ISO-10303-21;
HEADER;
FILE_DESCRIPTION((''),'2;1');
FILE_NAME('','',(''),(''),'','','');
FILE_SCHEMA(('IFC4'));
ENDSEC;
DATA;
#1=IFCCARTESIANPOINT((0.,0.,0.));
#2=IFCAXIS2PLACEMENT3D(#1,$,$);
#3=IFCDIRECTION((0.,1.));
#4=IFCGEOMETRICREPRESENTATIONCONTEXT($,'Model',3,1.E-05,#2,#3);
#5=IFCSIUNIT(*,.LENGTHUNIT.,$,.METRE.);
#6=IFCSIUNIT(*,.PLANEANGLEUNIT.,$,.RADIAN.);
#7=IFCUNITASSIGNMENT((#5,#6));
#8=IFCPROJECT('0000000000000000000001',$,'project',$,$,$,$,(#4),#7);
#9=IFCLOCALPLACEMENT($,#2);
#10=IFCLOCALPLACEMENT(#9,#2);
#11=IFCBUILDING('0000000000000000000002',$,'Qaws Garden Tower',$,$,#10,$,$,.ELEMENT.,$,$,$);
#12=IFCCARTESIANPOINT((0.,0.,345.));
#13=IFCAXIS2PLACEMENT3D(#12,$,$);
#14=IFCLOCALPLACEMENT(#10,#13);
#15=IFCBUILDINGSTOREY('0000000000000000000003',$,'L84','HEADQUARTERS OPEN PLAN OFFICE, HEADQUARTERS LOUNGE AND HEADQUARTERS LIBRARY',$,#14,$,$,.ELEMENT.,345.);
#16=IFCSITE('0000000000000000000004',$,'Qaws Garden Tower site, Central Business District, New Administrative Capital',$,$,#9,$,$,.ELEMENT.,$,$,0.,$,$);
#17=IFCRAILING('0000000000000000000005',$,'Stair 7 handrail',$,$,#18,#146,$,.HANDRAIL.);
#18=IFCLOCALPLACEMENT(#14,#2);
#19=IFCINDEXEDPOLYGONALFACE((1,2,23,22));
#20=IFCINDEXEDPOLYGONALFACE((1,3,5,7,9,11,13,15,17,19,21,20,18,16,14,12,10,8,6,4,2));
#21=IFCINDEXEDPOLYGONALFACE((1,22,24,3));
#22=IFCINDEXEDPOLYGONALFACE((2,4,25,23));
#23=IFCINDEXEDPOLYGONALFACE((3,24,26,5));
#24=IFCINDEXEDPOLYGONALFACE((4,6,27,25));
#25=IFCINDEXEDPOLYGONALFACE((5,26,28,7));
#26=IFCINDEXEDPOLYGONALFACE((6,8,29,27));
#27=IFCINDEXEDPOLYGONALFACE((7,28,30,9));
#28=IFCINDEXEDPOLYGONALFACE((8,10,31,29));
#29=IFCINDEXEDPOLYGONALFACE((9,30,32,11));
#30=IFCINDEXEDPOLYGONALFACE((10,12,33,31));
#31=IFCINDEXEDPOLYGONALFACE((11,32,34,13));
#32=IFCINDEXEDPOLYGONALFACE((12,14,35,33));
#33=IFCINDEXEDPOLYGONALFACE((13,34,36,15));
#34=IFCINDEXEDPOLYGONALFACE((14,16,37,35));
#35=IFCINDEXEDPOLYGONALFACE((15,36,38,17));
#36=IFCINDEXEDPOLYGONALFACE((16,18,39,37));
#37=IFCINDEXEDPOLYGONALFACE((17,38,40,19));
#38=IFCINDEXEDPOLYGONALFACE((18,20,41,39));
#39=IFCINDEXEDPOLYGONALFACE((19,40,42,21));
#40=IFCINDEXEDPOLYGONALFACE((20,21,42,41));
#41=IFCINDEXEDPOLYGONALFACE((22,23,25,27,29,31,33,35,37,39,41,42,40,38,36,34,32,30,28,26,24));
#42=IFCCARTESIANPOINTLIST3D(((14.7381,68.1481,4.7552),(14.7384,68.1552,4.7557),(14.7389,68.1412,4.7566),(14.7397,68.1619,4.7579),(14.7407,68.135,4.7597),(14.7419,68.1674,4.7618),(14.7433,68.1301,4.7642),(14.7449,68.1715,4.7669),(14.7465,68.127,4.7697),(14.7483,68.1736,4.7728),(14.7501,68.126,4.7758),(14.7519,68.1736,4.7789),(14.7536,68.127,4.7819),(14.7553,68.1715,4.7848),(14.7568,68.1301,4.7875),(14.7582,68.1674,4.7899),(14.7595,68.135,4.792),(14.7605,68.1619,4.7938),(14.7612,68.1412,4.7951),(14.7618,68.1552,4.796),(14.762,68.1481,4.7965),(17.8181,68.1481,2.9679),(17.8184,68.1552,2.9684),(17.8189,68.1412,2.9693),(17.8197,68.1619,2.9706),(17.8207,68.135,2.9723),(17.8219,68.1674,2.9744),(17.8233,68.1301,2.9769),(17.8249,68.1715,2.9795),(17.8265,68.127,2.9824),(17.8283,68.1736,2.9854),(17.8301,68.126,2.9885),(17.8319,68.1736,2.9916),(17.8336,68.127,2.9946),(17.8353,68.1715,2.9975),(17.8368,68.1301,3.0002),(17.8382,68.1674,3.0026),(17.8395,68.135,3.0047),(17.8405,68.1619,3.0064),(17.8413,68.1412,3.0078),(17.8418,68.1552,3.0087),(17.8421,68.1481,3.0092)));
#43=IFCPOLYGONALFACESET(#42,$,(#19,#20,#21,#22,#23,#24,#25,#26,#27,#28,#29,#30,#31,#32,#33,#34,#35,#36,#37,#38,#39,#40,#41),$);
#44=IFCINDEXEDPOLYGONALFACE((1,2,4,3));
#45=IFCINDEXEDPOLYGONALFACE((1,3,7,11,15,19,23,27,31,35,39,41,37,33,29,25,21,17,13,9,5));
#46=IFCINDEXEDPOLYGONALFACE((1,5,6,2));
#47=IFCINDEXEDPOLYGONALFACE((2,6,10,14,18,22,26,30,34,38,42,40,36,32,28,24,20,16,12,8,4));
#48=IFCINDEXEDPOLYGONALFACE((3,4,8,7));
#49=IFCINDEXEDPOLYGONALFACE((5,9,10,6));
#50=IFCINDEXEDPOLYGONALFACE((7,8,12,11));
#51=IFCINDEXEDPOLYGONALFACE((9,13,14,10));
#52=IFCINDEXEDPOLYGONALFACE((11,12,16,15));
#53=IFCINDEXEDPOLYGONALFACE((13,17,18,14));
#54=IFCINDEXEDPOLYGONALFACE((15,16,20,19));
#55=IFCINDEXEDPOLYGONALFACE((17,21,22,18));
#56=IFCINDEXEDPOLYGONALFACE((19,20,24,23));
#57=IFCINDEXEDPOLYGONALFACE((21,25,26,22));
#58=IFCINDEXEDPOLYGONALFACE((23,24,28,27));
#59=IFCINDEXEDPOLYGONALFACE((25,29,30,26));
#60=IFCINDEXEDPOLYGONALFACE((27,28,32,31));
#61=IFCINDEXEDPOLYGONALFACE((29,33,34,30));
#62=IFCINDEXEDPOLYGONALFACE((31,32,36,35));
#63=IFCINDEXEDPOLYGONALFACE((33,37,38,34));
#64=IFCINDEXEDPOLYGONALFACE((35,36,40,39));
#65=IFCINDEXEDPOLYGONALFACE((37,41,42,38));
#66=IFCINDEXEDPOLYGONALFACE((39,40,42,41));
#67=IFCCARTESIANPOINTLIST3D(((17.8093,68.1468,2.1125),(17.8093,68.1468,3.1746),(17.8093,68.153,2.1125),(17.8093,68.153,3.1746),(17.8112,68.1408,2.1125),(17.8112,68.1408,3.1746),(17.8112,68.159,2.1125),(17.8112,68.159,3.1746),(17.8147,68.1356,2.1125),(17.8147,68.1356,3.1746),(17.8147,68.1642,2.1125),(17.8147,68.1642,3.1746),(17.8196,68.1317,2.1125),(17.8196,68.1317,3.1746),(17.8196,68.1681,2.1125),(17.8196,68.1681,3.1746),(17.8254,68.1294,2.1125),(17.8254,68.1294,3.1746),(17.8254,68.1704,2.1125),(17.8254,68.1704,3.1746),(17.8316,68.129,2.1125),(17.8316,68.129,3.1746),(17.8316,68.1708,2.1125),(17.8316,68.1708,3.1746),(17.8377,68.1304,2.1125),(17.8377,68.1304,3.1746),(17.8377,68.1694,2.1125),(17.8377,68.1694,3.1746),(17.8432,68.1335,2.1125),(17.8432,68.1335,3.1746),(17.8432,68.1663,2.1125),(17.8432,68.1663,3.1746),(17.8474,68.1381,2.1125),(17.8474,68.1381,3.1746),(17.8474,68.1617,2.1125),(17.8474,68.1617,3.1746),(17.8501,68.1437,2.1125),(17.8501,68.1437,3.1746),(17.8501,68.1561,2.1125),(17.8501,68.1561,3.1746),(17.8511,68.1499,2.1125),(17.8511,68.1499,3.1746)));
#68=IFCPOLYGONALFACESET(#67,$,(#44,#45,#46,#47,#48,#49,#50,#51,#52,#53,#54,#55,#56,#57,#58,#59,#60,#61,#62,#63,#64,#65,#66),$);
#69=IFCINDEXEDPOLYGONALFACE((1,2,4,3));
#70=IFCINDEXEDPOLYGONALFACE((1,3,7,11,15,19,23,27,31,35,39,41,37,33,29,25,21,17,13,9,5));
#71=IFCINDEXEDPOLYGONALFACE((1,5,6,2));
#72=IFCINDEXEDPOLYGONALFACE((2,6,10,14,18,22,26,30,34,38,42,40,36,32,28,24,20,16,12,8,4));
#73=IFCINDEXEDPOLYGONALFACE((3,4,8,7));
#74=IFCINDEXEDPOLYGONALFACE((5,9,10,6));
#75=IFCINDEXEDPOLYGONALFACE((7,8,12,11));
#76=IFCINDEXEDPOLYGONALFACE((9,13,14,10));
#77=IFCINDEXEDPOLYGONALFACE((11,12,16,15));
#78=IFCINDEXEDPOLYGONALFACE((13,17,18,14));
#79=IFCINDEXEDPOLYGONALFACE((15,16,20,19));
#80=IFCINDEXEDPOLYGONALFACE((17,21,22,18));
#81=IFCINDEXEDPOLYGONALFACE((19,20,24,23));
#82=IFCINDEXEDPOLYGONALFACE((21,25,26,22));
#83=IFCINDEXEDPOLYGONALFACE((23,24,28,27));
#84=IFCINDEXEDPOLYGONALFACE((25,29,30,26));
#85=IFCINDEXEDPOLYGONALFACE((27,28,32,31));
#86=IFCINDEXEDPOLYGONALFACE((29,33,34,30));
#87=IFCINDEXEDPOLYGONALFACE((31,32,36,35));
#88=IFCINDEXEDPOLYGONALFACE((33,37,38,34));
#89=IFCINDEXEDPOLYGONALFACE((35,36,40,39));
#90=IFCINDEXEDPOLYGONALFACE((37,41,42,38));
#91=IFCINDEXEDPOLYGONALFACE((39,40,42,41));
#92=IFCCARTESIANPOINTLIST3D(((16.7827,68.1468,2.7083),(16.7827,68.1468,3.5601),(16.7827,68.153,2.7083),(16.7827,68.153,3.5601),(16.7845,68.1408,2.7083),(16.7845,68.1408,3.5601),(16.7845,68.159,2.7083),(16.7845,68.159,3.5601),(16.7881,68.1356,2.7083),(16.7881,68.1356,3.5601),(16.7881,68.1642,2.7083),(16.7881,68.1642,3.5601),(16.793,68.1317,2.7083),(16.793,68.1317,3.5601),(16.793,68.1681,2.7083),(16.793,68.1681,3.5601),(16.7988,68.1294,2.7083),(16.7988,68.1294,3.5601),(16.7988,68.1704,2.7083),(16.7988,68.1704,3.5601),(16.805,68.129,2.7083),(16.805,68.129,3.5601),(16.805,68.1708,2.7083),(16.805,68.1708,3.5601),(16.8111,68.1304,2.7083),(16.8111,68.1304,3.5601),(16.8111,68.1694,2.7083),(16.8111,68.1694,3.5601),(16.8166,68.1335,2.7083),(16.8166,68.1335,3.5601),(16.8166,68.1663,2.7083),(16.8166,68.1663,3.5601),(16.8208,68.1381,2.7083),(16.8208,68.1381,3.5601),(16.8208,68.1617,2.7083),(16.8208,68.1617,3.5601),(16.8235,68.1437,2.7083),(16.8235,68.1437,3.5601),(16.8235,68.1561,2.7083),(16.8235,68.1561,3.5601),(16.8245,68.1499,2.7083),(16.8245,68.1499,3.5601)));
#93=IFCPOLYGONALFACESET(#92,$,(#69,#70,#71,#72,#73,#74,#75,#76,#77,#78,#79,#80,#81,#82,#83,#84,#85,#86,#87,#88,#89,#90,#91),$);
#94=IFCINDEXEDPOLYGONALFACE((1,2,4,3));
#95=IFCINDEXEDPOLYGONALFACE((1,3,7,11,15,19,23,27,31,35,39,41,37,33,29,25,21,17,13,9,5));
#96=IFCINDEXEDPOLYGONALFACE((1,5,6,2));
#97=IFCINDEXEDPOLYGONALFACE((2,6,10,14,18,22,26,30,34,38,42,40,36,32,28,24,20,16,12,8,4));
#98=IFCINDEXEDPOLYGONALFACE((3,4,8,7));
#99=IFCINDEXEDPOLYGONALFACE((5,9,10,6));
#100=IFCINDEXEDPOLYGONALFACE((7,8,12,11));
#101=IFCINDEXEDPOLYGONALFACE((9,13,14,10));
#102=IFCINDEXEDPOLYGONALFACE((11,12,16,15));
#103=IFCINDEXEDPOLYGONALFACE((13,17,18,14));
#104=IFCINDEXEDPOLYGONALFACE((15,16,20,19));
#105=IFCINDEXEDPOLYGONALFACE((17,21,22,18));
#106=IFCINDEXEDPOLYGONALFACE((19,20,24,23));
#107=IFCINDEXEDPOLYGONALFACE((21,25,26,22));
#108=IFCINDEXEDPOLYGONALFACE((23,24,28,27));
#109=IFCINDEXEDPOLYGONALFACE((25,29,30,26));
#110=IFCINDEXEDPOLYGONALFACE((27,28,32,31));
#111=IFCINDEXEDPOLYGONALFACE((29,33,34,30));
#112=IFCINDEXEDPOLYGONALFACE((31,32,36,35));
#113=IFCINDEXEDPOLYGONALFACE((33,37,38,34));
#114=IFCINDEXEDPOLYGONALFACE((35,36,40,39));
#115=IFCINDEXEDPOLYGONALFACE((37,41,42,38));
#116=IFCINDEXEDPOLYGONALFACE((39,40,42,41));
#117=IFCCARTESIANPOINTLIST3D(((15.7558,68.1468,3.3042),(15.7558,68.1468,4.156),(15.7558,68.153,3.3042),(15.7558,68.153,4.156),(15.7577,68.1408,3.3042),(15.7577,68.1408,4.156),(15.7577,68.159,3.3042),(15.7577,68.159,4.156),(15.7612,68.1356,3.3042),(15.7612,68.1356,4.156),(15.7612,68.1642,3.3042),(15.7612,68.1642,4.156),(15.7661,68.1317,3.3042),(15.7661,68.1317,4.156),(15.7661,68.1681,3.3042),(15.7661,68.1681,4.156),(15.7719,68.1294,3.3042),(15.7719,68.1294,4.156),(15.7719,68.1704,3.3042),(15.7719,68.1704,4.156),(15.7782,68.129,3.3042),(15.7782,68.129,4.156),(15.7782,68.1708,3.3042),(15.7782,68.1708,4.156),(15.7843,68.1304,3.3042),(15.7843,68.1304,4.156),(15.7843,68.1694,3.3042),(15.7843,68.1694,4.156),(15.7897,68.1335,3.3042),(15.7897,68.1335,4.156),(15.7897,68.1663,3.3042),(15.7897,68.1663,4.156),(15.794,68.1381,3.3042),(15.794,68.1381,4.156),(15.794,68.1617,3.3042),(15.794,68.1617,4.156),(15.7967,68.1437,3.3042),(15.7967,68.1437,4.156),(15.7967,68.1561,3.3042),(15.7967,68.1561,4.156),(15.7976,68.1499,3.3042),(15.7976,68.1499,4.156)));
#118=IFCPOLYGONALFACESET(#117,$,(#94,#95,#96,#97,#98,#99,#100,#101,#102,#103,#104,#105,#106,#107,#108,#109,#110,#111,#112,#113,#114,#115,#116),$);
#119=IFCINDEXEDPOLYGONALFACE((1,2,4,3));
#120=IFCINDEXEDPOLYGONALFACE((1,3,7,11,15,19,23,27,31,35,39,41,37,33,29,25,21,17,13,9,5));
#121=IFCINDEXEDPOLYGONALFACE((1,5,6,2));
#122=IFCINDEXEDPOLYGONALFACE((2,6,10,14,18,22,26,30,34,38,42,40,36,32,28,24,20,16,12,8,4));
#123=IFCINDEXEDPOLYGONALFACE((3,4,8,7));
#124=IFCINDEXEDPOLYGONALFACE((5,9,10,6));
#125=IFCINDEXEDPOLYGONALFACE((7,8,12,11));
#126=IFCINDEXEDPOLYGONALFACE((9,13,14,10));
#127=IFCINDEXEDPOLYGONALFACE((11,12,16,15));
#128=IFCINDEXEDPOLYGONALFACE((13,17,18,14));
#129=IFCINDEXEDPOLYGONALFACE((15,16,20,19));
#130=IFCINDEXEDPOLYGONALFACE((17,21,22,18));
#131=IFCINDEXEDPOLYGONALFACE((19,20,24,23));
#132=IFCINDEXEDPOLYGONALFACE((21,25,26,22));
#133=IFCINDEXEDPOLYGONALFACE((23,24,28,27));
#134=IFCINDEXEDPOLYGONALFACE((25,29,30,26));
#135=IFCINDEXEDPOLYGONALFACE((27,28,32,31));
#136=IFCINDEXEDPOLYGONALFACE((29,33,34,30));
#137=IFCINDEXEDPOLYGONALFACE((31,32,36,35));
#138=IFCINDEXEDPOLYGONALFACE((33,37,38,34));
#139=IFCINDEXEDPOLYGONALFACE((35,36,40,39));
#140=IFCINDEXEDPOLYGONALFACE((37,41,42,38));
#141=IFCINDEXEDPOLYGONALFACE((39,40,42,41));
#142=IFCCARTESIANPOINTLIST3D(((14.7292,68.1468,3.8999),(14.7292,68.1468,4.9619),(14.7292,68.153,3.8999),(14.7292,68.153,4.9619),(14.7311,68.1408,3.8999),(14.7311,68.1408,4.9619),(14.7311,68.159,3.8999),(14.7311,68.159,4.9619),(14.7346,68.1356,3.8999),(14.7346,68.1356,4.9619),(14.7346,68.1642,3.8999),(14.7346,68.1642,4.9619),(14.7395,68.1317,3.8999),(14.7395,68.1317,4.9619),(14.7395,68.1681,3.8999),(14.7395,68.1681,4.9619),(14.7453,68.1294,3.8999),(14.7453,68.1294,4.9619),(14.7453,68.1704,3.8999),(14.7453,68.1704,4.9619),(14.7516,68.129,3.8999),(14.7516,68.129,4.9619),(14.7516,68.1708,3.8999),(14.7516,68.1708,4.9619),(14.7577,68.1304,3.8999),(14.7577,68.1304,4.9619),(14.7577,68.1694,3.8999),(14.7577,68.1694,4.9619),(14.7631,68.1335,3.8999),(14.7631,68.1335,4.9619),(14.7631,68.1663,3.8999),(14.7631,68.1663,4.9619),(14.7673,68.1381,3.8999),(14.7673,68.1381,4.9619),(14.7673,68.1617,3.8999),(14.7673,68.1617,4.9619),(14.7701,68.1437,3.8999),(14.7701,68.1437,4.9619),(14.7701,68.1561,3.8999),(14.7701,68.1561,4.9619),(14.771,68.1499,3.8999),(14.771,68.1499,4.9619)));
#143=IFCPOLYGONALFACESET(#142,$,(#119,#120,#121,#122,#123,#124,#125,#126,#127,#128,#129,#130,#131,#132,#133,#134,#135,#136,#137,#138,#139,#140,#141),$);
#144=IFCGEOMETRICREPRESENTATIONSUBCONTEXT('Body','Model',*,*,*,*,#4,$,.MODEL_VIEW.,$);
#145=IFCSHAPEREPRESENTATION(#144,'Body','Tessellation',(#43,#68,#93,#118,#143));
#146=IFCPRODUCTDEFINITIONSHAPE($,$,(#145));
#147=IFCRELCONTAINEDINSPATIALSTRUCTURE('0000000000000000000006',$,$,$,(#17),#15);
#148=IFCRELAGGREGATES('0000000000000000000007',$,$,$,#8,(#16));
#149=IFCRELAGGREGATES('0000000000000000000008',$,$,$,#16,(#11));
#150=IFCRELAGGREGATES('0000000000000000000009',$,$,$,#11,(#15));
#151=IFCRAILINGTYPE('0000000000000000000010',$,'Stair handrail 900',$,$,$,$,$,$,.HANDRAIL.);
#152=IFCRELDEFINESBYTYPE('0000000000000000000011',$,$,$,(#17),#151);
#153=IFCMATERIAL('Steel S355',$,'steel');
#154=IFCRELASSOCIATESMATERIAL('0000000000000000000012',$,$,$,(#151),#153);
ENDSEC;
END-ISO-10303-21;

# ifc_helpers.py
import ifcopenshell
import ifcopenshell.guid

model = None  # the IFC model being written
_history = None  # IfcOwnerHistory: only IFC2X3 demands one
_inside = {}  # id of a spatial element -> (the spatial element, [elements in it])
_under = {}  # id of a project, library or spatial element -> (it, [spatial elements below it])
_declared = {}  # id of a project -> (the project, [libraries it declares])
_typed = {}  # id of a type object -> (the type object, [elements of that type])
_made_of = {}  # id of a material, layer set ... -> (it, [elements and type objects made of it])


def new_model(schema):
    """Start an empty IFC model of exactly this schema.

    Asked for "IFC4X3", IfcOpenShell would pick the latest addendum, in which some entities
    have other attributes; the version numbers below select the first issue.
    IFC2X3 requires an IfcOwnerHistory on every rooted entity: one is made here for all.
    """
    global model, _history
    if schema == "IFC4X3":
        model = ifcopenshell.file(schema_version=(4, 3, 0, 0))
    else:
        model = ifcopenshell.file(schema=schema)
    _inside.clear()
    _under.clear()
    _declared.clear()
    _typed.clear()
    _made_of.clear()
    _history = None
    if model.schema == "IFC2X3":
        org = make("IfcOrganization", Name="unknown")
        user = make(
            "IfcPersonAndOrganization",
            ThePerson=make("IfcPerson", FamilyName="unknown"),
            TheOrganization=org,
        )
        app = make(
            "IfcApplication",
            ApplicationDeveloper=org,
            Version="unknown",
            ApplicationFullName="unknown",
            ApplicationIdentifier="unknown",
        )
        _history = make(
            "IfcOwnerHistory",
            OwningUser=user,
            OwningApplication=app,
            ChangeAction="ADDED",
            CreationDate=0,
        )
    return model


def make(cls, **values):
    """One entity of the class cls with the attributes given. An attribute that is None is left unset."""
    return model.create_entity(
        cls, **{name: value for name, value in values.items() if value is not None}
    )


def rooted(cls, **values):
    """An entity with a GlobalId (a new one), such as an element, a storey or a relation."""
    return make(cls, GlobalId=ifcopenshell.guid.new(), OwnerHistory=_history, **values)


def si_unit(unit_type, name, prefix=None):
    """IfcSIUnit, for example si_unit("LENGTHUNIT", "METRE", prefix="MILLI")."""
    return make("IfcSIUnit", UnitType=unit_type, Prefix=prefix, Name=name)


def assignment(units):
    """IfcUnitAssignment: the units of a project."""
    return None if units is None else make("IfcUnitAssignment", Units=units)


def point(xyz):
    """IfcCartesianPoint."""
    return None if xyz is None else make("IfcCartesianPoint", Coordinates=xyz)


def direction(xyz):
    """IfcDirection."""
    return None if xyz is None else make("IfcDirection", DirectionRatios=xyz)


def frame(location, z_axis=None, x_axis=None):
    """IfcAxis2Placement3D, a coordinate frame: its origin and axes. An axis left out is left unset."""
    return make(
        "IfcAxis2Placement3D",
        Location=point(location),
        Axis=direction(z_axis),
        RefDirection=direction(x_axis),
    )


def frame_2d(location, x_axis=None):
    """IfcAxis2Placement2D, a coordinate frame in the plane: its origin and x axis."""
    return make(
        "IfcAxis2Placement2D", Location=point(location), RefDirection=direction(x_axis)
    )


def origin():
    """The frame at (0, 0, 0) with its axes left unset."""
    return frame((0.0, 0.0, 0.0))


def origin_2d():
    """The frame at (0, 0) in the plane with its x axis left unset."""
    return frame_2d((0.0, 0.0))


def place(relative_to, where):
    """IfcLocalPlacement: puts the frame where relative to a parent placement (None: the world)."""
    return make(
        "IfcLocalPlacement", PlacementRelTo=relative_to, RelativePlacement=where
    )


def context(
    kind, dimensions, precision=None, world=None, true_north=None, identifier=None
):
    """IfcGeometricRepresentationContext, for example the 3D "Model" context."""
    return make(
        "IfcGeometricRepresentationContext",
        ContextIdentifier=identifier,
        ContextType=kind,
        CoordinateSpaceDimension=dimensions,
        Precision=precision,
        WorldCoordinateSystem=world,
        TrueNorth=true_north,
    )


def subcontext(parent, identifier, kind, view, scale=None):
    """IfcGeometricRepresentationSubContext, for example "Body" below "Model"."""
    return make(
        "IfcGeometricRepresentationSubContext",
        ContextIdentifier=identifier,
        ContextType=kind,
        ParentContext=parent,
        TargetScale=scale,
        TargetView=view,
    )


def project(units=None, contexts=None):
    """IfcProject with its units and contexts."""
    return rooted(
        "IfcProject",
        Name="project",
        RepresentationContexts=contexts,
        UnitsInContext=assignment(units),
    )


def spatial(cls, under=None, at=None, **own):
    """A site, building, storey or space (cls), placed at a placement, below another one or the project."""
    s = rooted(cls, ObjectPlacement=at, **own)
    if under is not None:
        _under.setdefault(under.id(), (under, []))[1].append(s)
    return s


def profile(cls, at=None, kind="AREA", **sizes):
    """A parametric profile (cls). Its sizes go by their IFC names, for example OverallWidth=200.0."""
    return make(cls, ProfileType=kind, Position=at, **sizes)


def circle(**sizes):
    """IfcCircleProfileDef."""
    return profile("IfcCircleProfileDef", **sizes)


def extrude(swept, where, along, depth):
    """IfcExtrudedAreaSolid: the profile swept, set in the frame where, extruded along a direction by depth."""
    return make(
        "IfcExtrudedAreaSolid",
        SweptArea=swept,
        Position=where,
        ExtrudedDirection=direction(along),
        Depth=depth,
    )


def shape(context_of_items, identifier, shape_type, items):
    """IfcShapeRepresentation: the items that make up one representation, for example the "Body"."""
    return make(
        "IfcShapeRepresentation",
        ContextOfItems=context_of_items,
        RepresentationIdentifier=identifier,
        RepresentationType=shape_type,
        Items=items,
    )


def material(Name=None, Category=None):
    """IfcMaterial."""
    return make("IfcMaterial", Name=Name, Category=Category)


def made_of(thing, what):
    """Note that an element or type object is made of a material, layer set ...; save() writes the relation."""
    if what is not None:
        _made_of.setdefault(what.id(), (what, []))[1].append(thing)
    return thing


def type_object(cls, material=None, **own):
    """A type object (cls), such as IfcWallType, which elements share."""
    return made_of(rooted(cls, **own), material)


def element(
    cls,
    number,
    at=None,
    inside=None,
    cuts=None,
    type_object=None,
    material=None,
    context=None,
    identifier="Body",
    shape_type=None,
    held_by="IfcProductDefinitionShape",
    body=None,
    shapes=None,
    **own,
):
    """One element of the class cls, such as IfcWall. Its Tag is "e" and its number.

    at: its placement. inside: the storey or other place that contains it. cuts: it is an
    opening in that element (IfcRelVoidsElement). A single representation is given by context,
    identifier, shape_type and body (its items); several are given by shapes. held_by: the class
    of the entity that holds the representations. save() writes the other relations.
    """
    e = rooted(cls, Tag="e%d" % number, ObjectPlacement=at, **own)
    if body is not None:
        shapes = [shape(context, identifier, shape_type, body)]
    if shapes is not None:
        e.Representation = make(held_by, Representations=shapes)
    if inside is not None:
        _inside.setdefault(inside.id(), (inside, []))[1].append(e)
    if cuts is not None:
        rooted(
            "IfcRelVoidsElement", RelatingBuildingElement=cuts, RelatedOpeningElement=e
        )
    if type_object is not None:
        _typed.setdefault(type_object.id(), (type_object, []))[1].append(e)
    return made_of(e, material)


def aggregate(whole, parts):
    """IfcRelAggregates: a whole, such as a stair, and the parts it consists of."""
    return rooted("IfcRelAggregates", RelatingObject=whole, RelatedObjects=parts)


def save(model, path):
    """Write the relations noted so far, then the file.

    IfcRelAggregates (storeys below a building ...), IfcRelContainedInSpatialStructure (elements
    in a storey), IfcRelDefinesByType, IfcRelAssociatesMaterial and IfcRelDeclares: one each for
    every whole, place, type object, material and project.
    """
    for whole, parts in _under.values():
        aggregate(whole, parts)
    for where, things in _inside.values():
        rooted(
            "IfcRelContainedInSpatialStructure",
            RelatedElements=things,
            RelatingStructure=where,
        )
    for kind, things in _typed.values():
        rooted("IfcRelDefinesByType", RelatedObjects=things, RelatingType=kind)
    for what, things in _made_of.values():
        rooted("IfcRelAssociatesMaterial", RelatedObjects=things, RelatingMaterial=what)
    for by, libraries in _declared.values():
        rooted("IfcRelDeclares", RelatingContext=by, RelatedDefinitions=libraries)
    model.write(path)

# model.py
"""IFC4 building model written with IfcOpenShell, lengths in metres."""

from ifc_helpers import new_model, si_unit, direction, frame, origin, origin_2d, place, context, subcontext, project, spatial, circle, extrude, material, type_object, element, save


model = new_model("IFC4")

# Units and contexts
model_context = context("Model", 3, precision=1e-05, world=origin(), true_north=direction((0.0, 1.0)))
body_context = subcontext(model_context, "Body", "Model", "MODEL_VIEW")
ifc_project = project(units=[si_unit("LENGTHUNIT", "METRE"), si_unit("PLANEANGLEUNIT", "RADIAN")], contexts=[model_context])

# Site, building, storey
site_placement = place(None, origin())
site = spatial("IfcSite", under=ifc_project, at=site_placement, Name="Qaws Garden Tower site, Central Business District, New Administrative Capital", CompositionType="ELEMENT", RefElevation=0.0)
building_placement = place(site_placement, origin())
building = spatial("IfcBuilding", under=site, at=building_placement, Name="Qaws Garden Tower", CompositionType="ELEMENT")
storey_placement = place(building_placement, frame((0.0, 0.0, 345.0)))
storey = spatial("IfcBuildingStorey", under=building, at=storey_placement, Name="L84", Description="HEADQUARTERS OPEN PLAN OFFICE, HEADQUARTERS LOUNGE AND HEADQUARTERS LIBRARY", CompositionType="ELEMENT", Elevation=345.0)

# Railing
ifc_material_1 = material(Name="Steel S355", Category="steel")
railing_type = type_object("IfcRailingType", Name="Stair handrail 900", PredefinedType="HANDRAIL", material=ifc_material_1)
railing_1_placement = place(storey_placement, frame((17.8301, 68.1499, 2.1125)))
element("IfcRailing", 1, at=railing_1_placement, inside=storey, type_object=railing_type, Name="Stair 7 handrail", PredefinedType="HANDRAIL", context=body_context, shape_type="SweptSolid", body=[
    extrude(circle(Radius=0.0239, at=origin_2d()), frame((0.0, 0.0, 0.876), z_axis=(-0.86492, 0.0, 0.501909), x_axis=(0.0, -1.0, 0.0)), (0.0, 0.0, 1.0), 3.561),
    extrude(circle(Radius=0.021, at=origin_2d()), origin(), (0.0, 0.0, 1.0), 1.062),
    extrude(circle(Radius=0.021, at=origin_2d()), frame((-1.0266, 0.0, 0.5957)), (0.0, 0.0, 1.0), 0.8518),
    extrude(circle(Radius=0.021, at=origin_2d()), frame((-2.0535, 0.0, 1.1917)), (0.0, 0.0, 1.0), 0.8518),
    extrude(circle(Radius=0.021, at=origin_2d()), frame((-3.0801, 0.0, 1.7874)), (0.0, 0.0, 1.0), 1.062),
])

save(model, "model.ifc")
